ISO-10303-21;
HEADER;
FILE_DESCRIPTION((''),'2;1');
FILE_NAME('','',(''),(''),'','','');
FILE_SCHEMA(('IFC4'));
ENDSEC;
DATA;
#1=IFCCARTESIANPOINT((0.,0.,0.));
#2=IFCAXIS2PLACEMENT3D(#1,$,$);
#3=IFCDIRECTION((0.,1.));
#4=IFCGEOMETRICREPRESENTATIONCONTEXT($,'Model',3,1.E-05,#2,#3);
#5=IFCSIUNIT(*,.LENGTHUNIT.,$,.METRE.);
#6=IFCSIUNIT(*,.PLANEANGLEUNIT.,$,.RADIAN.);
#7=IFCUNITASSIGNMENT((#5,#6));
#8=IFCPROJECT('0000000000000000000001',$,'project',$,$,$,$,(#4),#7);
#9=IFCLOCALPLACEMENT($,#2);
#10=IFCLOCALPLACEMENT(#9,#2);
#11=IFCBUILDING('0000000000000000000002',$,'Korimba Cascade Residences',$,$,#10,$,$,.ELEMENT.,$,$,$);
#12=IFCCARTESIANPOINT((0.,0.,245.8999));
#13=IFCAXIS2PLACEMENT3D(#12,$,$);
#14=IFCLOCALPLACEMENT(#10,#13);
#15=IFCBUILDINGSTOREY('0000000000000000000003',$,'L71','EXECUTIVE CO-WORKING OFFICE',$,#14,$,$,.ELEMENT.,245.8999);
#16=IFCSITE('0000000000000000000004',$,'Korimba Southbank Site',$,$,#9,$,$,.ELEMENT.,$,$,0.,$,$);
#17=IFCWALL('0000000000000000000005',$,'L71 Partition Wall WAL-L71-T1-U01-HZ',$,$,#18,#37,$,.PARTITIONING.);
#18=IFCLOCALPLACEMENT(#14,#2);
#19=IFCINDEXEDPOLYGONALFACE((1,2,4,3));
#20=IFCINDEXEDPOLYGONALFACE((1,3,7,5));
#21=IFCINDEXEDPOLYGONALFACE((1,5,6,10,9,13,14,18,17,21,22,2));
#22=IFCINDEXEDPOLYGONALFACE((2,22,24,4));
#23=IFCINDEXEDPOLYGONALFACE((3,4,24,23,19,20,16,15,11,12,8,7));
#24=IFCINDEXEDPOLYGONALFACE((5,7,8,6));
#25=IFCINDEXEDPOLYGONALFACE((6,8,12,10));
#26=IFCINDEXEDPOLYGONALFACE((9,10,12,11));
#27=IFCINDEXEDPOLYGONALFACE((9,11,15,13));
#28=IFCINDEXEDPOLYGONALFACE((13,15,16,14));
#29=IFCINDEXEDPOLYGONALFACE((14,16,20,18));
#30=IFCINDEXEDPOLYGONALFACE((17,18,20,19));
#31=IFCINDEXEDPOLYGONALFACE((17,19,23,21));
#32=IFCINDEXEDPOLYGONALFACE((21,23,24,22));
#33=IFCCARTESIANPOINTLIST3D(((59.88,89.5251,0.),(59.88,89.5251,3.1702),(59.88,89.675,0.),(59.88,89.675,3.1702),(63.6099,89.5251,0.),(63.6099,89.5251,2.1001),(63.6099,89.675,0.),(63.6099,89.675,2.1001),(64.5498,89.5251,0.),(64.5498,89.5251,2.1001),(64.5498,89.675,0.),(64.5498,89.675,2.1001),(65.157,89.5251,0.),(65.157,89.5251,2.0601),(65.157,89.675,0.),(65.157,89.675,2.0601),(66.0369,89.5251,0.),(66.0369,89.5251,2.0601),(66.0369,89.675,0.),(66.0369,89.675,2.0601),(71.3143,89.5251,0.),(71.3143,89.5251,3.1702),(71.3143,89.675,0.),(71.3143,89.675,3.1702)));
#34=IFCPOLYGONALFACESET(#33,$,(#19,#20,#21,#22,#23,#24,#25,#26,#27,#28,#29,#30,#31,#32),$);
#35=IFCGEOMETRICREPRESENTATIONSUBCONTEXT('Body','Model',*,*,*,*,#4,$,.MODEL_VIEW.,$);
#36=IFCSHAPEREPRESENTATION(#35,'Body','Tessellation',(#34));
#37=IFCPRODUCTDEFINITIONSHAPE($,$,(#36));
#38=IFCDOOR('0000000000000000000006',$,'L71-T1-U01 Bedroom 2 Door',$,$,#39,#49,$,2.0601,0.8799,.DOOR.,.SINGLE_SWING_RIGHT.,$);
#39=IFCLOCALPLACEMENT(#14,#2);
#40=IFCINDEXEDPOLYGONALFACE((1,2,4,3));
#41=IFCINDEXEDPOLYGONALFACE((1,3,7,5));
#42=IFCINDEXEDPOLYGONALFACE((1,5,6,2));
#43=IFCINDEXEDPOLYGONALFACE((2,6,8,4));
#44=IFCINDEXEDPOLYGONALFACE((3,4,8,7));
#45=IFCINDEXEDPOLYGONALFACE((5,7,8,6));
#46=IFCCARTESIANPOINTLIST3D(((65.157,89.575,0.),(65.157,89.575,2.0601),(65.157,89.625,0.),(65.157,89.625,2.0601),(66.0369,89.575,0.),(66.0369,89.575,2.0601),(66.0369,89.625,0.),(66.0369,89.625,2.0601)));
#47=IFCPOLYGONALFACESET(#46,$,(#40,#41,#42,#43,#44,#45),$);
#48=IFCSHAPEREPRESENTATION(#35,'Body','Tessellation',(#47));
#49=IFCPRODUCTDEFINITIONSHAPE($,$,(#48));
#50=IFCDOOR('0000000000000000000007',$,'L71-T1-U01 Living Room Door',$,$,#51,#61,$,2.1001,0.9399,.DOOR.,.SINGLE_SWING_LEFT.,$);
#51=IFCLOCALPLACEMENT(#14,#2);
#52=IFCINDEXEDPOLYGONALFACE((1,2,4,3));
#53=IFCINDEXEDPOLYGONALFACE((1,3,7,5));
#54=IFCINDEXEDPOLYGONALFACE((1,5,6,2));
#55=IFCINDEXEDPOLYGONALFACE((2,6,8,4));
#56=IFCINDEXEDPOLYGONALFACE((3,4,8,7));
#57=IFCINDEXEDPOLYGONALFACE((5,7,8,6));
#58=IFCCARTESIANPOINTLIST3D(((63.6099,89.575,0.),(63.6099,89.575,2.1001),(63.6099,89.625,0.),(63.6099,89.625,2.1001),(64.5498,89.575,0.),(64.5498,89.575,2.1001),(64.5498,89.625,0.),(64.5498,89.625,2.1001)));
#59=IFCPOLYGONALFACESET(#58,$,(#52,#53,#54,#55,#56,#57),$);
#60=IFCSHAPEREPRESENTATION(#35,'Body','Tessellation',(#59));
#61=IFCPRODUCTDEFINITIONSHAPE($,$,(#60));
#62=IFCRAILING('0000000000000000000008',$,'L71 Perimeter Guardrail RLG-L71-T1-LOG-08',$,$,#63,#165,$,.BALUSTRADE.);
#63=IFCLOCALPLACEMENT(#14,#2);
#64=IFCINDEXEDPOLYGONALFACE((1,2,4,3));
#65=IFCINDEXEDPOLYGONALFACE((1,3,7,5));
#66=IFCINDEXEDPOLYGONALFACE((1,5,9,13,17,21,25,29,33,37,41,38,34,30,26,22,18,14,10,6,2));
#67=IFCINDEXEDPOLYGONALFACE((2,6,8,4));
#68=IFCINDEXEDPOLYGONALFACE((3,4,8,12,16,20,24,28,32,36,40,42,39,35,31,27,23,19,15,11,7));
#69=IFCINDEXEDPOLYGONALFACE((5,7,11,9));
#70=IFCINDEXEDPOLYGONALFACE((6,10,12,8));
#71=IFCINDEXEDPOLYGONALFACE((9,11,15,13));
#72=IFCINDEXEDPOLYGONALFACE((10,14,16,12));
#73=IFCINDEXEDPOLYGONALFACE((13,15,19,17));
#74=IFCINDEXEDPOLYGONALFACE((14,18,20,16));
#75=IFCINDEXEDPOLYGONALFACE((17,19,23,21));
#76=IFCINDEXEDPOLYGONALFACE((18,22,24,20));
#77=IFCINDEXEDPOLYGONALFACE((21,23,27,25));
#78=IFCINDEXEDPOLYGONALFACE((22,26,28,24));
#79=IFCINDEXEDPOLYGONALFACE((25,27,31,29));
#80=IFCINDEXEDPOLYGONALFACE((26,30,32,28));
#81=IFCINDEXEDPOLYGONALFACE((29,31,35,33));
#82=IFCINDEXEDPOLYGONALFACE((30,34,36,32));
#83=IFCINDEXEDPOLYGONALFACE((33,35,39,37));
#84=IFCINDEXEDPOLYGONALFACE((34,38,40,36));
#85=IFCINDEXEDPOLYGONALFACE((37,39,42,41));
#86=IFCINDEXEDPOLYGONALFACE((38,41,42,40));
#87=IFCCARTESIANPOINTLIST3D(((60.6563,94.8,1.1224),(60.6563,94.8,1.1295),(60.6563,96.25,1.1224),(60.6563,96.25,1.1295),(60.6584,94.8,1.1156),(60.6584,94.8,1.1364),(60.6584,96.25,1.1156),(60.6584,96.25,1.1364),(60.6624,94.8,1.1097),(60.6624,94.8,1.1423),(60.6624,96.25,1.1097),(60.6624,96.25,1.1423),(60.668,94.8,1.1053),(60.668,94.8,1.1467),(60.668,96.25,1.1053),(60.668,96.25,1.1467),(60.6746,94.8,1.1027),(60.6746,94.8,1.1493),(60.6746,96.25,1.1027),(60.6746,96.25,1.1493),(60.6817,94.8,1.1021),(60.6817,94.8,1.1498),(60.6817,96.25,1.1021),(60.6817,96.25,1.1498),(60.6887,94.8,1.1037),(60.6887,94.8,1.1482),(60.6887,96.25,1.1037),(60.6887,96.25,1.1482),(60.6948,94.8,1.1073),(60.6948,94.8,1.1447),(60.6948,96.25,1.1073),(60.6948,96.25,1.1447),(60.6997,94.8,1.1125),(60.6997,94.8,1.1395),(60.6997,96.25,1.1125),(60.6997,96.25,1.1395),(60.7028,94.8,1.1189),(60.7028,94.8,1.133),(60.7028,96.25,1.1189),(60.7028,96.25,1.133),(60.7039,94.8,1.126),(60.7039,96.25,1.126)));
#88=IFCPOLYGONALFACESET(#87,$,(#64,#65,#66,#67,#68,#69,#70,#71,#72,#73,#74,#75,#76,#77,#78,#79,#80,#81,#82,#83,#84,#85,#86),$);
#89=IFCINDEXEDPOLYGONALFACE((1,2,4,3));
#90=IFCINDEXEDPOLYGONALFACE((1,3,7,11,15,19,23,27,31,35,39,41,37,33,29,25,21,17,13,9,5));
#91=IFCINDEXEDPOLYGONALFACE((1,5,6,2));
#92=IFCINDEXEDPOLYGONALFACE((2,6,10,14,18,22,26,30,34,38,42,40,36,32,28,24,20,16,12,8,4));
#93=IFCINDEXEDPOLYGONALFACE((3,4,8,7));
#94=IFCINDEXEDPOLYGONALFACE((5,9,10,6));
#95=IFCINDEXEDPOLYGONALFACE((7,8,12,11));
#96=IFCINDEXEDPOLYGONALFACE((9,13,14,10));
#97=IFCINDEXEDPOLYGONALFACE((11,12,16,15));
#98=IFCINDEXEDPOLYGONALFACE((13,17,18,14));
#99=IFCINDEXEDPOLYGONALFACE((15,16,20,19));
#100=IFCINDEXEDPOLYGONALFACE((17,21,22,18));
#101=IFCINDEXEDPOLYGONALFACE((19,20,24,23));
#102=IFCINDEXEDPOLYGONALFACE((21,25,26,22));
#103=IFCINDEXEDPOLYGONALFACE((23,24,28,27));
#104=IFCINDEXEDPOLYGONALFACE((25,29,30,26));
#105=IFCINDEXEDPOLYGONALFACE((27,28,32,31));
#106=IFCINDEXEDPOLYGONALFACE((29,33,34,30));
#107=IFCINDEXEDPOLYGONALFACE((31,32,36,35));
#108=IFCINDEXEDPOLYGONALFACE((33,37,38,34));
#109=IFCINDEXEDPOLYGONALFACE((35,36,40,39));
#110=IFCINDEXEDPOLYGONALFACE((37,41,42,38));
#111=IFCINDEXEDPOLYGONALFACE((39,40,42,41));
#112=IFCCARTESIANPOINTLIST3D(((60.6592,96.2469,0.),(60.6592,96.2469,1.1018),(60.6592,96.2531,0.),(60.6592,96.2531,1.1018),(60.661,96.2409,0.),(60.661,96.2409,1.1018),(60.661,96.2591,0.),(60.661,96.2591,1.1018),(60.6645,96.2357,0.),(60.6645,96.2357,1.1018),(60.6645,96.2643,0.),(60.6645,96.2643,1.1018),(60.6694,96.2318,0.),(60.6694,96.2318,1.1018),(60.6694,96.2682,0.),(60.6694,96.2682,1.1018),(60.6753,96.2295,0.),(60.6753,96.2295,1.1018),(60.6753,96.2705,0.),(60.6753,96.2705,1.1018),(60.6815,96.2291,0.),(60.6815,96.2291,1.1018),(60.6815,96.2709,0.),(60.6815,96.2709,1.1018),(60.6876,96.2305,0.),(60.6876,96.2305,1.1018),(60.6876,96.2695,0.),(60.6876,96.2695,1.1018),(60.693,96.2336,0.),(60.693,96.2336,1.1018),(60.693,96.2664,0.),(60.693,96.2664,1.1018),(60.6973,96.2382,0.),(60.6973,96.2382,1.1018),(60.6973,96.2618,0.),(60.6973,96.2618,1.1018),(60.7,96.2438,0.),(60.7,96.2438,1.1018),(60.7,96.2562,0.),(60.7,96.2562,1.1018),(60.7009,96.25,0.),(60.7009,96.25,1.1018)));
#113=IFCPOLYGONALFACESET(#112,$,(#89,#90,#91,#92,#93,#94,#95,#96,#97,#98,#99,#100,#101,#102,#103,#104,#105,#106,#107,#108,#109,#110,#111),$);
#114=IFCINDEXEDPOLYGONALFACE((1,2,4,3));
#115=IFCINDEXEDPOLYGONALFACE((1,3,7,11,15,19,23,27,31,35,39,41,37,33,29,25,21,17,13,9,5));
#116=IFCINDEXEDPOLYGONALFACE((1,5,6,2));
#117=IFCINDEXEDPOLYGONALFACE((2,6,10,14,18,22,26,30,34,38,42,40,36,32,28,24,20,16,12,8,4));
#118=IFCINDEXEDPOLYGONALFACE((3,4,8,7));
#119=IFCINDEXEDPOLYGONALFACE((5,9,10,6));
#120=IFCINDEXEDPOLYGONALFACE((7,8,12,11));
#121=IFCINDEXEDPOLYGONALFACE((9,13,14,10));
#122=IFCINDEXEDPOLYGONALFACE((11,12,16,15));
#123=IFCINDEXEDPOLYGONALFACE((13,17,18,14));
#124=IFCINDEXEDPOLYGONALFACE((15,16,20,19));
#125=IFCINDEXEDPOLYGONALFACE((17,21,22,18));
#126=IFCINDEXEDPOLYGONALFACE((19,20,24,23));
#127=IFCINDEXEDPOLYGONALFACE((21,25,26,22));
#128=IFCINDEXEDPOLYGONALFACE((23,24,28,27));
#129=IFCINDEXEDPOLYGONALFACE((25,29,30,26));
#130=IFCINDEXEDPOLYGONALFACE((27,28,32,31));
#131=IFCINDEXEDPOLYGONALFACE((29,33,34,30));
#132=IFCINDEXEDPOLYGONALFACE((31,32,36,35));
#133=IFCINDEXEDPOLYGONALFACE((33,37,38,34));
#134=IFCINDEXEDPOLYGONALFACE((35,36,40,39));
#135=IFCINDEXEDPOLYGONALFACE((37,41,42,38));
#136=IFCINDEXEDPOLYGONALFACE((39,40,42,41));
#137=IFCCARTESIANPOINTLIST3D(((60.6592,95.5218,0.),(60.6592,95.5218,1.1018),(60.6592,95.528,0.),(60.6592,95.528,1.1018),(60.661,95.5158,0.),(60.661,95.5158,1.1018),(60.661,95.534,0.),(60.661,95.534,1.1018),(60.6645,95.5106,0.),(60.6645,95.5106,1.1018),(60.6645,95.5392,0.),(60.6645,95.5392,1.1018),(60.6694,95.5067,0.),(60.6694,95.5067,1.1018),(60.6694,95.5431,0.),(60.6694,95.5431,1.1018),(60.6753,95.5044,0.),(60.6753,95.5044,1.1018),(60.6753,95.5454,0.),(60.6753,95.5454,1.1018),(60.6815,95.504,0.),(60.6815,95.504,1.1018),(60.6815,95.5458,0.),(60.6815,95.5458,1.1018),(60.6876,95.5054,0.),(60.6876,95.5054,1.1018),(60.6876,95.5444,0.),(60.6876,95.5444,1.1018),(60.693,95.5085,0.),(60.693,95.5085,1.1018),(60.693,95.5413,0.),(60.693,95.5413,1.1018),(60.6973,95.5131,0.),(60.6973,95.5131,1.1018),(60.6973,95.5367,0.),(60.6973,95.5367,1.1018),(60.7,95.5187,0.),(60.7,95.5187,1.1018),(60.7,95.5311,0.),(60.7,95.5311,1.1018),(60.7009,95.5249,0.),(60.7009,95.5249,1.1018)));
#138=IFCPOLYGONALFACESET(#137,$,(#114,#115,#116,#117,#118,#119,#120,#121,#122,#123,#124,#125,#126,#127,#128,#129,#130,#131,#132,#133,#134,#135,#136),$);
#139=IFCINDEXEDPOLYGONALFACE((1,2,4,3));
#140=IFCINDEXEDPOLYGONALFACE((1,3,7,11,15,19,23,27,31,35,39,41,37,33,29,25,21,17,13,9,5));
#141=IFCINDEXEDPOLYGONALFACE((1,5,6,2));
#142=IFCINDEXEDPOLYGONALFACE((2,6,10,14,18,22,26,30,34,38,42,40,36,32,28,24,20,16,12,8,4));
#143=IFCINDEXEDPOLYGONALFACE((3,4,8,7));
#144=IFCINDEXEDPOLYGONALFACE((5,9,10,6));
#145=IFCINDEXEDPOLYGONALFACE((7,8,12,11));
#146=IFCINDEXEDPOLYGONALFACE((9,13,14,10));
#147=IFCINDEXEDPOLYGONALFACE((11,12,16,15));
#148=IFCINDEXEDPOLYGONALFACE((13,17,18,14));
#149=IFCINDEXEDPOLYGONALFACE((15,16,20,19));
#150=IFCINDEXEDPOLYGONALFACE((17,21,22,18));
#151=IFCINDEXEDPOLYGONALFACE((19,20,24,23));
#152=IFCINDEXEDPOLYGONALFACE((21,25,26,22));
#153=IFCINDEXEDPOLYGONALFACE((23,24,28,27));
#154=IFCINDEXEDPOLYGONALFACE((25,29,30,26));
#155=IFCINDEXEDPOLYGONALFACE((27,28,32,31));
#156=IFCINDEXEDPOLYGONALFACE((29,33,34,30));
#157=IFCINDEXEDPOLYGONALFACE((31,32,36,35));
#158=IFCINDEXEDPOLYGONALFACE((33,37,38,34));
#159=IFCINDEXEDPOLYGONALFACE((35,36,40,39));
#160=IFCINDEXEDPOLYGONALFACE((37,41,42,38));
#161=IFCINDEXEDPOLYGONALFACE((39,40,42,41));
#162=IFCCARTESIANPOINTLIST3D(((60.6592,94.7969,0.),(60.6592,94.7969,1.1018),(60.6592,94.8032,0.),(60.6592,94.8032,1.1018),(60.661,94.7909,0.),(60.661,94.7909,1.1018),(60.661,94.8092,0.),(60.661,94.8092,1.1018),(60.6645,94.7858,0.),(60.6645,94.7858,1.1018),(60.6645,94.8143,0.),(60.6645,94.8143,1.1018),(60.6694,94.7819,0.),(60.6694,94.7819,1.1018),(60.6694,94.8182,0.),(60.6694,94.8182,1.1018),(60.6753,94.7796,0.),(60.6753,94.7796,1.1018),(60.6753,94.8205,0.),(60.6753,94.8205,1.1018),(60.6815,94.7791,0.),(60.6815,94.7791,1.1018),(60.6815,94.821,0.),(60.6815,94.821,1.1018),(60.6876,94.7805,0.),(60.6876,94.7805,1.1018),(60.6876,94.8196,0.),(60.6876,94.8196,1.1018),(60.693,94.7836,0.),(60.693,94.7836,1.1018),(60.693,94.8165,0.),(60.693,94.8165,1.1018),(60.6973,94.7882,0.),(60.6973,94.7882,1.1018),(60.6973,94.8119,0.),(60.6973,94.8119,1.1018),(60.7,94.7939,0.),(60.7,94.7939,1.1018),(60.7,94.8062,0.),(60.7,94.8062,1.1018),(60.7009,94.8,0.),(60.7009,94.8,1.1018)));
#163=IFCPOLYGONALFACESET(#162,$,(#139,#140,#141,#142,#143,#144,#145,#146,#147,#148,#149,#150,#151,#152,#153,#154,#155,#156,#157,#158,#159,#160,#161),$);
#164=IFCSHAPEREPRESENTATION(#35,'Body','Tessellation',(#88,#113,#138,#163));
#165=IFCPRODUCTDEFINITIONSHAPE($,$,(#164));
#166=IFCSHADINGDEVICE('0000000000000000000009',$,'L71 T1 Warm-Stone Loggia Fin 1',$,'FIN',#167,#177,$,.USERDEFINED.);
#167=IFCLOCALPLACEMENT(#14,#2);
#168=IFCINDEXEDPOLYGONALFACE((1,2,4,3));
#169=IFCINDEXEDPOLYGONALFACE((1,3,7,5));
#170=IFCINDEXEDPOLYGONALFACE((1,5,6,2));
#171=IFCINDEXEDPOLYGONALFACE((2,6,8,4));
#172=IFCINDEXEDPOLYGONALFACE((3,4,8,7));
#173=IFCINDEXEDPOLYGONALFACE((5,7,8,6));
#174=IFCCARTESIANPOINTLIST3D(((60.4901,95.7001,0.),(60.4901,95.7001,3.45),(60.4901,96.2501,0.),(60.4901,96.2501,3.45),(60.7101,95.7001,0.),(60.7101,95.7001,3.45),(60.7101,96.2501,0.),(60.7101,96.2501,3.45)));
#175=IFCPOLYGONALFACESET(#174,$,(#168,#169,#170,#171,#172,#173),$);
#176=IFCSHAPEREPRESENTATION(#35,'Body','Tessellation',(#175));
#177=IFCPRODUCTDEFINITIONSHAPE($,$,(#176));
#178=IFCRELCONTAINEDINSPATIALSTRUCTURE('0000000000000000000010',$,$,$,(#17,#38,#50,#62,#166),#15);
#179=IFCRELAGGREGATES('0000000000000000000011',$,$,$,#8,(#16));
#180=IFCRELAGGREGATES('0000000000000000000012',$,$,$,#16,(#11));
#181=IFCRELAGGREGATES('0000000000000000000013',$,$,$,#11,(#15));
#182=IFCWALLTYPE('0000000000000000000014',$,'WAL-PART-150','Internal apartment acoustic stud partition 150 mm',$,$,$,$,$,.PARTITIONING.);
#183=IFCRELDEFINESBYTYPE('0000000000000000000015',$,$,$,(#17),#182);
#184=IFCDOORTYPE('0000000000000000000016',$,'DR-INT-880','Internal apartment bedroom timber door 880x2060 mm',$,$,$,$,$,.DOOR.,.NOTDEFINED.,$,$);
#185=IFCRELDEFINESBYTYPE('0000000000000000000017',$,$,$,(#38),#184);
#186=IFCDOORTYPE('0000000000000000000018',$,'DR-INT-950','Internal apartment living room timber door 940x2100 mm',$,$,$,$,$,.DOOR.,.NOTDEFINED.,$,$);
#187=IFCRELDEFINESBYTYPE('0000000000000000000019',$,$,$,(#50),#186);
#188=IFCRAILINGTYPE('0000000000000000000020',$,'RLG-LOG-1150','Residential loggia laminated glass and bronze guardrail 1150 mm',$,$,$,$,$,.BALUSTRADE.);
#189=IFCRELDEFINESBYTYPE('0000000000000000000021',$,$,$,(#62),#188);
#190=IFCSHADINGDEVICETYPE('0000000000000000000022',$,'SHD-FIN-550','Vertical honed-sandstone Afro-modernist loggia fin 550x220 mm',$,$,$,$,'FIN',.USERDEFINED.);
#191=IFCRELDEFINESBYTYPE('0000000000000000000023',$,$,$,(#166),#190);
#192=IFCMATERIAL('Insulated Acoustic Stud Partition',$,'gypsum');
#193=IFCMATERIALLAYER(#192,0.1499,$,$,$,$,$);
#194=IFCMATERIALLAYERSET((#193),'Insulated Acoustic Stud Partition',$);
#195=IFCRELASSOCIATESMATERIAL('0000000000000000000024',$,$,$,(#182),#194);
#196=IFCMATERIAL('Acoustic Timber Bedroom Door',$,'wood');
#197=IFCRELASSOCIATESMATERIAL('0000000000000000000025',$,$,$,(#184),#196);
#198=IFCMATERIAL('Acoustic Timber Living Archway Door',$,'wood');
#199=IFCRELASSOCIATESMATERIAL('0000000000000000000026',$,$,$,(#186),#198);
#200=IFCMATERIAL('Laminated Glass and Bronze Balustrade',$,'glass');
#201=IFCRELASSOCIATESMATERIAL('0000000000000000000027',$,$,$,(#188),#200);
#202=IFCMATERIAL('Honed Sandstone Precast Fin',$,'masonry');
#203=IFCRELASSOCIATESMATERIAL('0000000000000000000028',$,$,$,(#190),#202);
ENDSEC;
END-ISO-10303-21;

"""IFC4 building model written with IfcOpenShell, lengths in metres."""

from ifc_helpers import new_model, si_unit, direction, frame, frame_2d, origin, origin_2d, place, context, subcontext, project, spatial, rectangle, circle, extrude, material, layer, layer_set, type_object, element, fill, save


model = new_model("IFC4")

# Units and contexts
model_context = context("Model", 3, precision=1e-05, world=origin(), true_north=direction((0.0, 1.0)))
body_context = subcontext(model_context, "Body", "Model", "MODEL_VIEW")
ifc_project = project(units=[si_unit("LENGTHUNIT", "METRE"), si_unit("PLANEANGLEUNIT", "RADIAN")], contexts=[model_context])

# Site, building, storey
site_placement = place(None, origin())
site = spatial("IfcSite", under=ifc_project, at=site_placement, Name="Korimba Southbank Site", CompositionType="ELEMENT", RefElevation=0.0)
building_placement = place(site_placement, origin())
building = spatial("IfcBuilding", under=site, at=building_placement, Name="Korimba Cascade Residences", CompositionType="ELEMENT")
storey_placement = place(building_placement, frame((0.0, 0.0, 245.8999)))
storey = spatial("IfcBuildingStorey", under=building, at=storey_placement, Name="L71", Description="EXECUTIVE CO-WORKING OFFICE", CompositionType="ELEMENT", Elevation=245.8999)

# Shared definitions
ifc_material_1 = material(Name="Insulated Acoustic Stud Partition", Category="gypsum")
ifc_layer_1 = layer(ifc_material_1, 0.1499)
ifc_layer_set_1 = layer_set([ifc_layer_1], Name="Insulated Acoustic Stud Partition")
wall_type_1 = type_object("IfcWallType", Name="WAL-PART-150", Description="Internal apartment acoustic stud partition 150 mm", PredefinedType="PARTITIONING", material=ifc_layer_set_1)

# Wall, openings, doors
wall_1_placement = place(storey_placement, frame((59.8799, 89.6001, 0.0), z_axis=(0.0, 0.0, 1.0), x_axis=(1.0, 0.0, 0.0)))
wall_1 = element("IfcWall", 1, at=wall_1_placement, inside=storey, type_object=wall_type_1, Name="L71 Partition Wall WAL-L71-T1-U01-HZ", PredefinedType="PARTITIONING", context=body_context, shape_type="SweptSolid", body=[
    extrude(rectangle(XDim=11.4343, YDim=0.1499, at=frame_2d((5.7173, 0.0))), origin(), (0.0, 0.0, 1.0), 3.1702),
])
opening_1_placement = place(wall_1_placement, frame((3.73, 0.0, 0.0)))
opening_1 = element("IfcOpeningElement", 2, at=opening_1_placement, cuts=wall_1, PredefinedType="OPENING", context=body_context, shape_type="SweptSolid", body=[
    extrude(rectangle(XDim=0.9399, YDim=2.1001, at=frame_2d((0.47, 1.05))), frame((0.0, 0.085, 0.0), z_axis=(0.0, -1.0, 0.0), x_axis=(1.0, 0.0, 0.0)), (0.0, 0.0, 1.0), 0.1699),
])
opening_2_placement = place(wall_1_placement, frame((5.2771, 0.0, 0.0)))
opening_2 = element("IfcOpeningElement", 3, at=opening_2_placement, cuts=wall_1, PredefinedType="OPENING", context=body_context, shape_type="SweptSolid", body=[
    extrude(rectangle(XDim=0.8799, YDim=2.0601, at=frame_2d((0.4399, 1.03))), frame((0.0, 0.085, 0.0), z_axis=(0.0, -1.0, 0.0), x_axis=(1.0, 0.0, 0.0)), (0.0, 0.0, 1.0), 0.1699),
])
ifc_material_2 = material(Name="Acoustic Timber Bedroom Door", Category="wood")
door_type_1 = type_object("IfcDoorType", Name="DR-INT-880", Description="Internal apartment bedroom timber door 880x2060 mm", OperationType="NOTDEFINED", PredefinedType="DOOR", material=ifc_material_2)
door_1_placement = place(opening_2_placement, origin())
door_1 = element("IfcDoor", 4, at=door_1_placement, inside=storey, type_object=door_type_1, Name="L71-T1-U01 Bedroom 2 Door", OperationType="SINGLE_SWING_RIGHT", OverallHeight=2.0601, OverallWidth=0.8799, PredefinedType="DOOR", context=body_context, shape_type="SweptSolid", body=[
    extrude(rectangle(XDim=0.8799, YDim=2.0601, at=frame_2d((0.4399, 1.03))), frame((0.0, 0.0249, 0.0), z_axis=(0.0, -1.0, 0.0), x_axis=(1.0, 0.0, 0.0)), (0.0, 0.0, 1.0), 0.05),
])
fill(opening_2, door_1)
ifc_material_3 = material(Name="Acoustic Timber Living Archway Door", Category="wood")
door_type_2 = type_object("IfcDoorType", Name="DR-INT-950", Description="Internal apartment living room timber door 940x2100 mm", OperationType="NOTDEFINED", PredefinedType="DOOR", material=ifc_material_3)
door_2_placement = place(opening_1_placement, origin())
door_2 = element("IfcDoor", 5, at=door_2_placement, inside=storey, type_object=door_type_2, Name="L71-T1-U01 Living Room Door", OperationType="SINGLE_SWING_LEFT", OverallHeight=2.1001, OverallWidth=0.9399, PredefinedType="DOOR", context=body_context, shape_type="SweptSolid", body=[
    extrude(rectangle(XDim=0.9399, YDim=2.1001, at=frame_2d((0.47, 1.05))), frame((0.0, 0.0249, 0.0), z_axis=(0.0, -1.0, 0.0), x_axis=(1.0, 0.0, 0.0)), (0.0, 0.0, 1.0), 0.05),
])
fill(opening_1, door_2)

# Railing
ifc_material_4 = material(Name="Laminated Glass and Bronze Balustrade", Category="glass")
railing_type = type_object("IfcRailingType", Name="RLG-LOG-1150", Description="Residential loggia laminated glass and bronze guardrail 1150 mm", PredefinedType="BALUSTRADE", material=ifc_material_4)
railing_placement = place(storey_placement, frame((60.6799, 96.25, 0.0)))
element("IfcRailing", 6, at=railing_placement, inside=storey, type_object=railing_type, Name="L71 Perimeter Guardrail RLG-L71-T1-LOG-08", PredefinedType="BALUSTRADE", context=body_context, shape_type="SweptSolid", body=[
    extrude(circle(Radius=0.0239, at=origin_2d()), frame((0.0, 0.0, 1.126), z_axis=(0.0, -1.0, 0.0), x_axis=(1.0, 0.0, 0.0)), (0.0, 0.0, 1.0), 1.45),
    extrude(circle(Radius=0.021, at=origin_2d()), origin(), (0.0, 0.0, 1.0), 1.1018),
    extrude(circle(Radius=0.021, at=origin_2d()), frame((0.0, -0.7251, 0.0)), (0.0, 0.0, 1.0), 1.1018),
    extrude(circle(Radius=0.021, at=origin_2d()), frame((0.0, -1.45, 0.0)), (0.0, 0.0, 1.0), 1.1018),
])

# Shading device
ifc_material_5 = material(Name="Honed Sandstone Precast Fin", Category="masonry")
shading_device_type = type_object("IfcShadingDeviceType", Name="SHD-FIN-550", Description="Vertical honed-sandstone Afro-modernist loggia fin 550x220 mm", ElementType="FIN", PredefinedType="USERDEFINED", material=ifc_material_5)
shading_device_placement = place(storey_placement, frame((60.6001, 95.9751, 0.0), z_axis=(0.0, 0.0, 1.0), x_axis=(1.0, 0.0, 0.0)))
element("IfcShadingDevice", 7, at=shading_device_placement, inside=storey, type_object=shading_device_type, Name="L71 T1 Warm-Stone Loggia Fin 1", ObjectType="FIN", PredefinedType="USERDEFINED", context=body_context, shape_type="SweptSolid", body=[
    extrude(rectangle(XDim=0.22, YDim=0.55, at=origin_2d()), origin(), (0.0, 0.0, 1.0), 3.45),
])

save(model, "model.ifc")
